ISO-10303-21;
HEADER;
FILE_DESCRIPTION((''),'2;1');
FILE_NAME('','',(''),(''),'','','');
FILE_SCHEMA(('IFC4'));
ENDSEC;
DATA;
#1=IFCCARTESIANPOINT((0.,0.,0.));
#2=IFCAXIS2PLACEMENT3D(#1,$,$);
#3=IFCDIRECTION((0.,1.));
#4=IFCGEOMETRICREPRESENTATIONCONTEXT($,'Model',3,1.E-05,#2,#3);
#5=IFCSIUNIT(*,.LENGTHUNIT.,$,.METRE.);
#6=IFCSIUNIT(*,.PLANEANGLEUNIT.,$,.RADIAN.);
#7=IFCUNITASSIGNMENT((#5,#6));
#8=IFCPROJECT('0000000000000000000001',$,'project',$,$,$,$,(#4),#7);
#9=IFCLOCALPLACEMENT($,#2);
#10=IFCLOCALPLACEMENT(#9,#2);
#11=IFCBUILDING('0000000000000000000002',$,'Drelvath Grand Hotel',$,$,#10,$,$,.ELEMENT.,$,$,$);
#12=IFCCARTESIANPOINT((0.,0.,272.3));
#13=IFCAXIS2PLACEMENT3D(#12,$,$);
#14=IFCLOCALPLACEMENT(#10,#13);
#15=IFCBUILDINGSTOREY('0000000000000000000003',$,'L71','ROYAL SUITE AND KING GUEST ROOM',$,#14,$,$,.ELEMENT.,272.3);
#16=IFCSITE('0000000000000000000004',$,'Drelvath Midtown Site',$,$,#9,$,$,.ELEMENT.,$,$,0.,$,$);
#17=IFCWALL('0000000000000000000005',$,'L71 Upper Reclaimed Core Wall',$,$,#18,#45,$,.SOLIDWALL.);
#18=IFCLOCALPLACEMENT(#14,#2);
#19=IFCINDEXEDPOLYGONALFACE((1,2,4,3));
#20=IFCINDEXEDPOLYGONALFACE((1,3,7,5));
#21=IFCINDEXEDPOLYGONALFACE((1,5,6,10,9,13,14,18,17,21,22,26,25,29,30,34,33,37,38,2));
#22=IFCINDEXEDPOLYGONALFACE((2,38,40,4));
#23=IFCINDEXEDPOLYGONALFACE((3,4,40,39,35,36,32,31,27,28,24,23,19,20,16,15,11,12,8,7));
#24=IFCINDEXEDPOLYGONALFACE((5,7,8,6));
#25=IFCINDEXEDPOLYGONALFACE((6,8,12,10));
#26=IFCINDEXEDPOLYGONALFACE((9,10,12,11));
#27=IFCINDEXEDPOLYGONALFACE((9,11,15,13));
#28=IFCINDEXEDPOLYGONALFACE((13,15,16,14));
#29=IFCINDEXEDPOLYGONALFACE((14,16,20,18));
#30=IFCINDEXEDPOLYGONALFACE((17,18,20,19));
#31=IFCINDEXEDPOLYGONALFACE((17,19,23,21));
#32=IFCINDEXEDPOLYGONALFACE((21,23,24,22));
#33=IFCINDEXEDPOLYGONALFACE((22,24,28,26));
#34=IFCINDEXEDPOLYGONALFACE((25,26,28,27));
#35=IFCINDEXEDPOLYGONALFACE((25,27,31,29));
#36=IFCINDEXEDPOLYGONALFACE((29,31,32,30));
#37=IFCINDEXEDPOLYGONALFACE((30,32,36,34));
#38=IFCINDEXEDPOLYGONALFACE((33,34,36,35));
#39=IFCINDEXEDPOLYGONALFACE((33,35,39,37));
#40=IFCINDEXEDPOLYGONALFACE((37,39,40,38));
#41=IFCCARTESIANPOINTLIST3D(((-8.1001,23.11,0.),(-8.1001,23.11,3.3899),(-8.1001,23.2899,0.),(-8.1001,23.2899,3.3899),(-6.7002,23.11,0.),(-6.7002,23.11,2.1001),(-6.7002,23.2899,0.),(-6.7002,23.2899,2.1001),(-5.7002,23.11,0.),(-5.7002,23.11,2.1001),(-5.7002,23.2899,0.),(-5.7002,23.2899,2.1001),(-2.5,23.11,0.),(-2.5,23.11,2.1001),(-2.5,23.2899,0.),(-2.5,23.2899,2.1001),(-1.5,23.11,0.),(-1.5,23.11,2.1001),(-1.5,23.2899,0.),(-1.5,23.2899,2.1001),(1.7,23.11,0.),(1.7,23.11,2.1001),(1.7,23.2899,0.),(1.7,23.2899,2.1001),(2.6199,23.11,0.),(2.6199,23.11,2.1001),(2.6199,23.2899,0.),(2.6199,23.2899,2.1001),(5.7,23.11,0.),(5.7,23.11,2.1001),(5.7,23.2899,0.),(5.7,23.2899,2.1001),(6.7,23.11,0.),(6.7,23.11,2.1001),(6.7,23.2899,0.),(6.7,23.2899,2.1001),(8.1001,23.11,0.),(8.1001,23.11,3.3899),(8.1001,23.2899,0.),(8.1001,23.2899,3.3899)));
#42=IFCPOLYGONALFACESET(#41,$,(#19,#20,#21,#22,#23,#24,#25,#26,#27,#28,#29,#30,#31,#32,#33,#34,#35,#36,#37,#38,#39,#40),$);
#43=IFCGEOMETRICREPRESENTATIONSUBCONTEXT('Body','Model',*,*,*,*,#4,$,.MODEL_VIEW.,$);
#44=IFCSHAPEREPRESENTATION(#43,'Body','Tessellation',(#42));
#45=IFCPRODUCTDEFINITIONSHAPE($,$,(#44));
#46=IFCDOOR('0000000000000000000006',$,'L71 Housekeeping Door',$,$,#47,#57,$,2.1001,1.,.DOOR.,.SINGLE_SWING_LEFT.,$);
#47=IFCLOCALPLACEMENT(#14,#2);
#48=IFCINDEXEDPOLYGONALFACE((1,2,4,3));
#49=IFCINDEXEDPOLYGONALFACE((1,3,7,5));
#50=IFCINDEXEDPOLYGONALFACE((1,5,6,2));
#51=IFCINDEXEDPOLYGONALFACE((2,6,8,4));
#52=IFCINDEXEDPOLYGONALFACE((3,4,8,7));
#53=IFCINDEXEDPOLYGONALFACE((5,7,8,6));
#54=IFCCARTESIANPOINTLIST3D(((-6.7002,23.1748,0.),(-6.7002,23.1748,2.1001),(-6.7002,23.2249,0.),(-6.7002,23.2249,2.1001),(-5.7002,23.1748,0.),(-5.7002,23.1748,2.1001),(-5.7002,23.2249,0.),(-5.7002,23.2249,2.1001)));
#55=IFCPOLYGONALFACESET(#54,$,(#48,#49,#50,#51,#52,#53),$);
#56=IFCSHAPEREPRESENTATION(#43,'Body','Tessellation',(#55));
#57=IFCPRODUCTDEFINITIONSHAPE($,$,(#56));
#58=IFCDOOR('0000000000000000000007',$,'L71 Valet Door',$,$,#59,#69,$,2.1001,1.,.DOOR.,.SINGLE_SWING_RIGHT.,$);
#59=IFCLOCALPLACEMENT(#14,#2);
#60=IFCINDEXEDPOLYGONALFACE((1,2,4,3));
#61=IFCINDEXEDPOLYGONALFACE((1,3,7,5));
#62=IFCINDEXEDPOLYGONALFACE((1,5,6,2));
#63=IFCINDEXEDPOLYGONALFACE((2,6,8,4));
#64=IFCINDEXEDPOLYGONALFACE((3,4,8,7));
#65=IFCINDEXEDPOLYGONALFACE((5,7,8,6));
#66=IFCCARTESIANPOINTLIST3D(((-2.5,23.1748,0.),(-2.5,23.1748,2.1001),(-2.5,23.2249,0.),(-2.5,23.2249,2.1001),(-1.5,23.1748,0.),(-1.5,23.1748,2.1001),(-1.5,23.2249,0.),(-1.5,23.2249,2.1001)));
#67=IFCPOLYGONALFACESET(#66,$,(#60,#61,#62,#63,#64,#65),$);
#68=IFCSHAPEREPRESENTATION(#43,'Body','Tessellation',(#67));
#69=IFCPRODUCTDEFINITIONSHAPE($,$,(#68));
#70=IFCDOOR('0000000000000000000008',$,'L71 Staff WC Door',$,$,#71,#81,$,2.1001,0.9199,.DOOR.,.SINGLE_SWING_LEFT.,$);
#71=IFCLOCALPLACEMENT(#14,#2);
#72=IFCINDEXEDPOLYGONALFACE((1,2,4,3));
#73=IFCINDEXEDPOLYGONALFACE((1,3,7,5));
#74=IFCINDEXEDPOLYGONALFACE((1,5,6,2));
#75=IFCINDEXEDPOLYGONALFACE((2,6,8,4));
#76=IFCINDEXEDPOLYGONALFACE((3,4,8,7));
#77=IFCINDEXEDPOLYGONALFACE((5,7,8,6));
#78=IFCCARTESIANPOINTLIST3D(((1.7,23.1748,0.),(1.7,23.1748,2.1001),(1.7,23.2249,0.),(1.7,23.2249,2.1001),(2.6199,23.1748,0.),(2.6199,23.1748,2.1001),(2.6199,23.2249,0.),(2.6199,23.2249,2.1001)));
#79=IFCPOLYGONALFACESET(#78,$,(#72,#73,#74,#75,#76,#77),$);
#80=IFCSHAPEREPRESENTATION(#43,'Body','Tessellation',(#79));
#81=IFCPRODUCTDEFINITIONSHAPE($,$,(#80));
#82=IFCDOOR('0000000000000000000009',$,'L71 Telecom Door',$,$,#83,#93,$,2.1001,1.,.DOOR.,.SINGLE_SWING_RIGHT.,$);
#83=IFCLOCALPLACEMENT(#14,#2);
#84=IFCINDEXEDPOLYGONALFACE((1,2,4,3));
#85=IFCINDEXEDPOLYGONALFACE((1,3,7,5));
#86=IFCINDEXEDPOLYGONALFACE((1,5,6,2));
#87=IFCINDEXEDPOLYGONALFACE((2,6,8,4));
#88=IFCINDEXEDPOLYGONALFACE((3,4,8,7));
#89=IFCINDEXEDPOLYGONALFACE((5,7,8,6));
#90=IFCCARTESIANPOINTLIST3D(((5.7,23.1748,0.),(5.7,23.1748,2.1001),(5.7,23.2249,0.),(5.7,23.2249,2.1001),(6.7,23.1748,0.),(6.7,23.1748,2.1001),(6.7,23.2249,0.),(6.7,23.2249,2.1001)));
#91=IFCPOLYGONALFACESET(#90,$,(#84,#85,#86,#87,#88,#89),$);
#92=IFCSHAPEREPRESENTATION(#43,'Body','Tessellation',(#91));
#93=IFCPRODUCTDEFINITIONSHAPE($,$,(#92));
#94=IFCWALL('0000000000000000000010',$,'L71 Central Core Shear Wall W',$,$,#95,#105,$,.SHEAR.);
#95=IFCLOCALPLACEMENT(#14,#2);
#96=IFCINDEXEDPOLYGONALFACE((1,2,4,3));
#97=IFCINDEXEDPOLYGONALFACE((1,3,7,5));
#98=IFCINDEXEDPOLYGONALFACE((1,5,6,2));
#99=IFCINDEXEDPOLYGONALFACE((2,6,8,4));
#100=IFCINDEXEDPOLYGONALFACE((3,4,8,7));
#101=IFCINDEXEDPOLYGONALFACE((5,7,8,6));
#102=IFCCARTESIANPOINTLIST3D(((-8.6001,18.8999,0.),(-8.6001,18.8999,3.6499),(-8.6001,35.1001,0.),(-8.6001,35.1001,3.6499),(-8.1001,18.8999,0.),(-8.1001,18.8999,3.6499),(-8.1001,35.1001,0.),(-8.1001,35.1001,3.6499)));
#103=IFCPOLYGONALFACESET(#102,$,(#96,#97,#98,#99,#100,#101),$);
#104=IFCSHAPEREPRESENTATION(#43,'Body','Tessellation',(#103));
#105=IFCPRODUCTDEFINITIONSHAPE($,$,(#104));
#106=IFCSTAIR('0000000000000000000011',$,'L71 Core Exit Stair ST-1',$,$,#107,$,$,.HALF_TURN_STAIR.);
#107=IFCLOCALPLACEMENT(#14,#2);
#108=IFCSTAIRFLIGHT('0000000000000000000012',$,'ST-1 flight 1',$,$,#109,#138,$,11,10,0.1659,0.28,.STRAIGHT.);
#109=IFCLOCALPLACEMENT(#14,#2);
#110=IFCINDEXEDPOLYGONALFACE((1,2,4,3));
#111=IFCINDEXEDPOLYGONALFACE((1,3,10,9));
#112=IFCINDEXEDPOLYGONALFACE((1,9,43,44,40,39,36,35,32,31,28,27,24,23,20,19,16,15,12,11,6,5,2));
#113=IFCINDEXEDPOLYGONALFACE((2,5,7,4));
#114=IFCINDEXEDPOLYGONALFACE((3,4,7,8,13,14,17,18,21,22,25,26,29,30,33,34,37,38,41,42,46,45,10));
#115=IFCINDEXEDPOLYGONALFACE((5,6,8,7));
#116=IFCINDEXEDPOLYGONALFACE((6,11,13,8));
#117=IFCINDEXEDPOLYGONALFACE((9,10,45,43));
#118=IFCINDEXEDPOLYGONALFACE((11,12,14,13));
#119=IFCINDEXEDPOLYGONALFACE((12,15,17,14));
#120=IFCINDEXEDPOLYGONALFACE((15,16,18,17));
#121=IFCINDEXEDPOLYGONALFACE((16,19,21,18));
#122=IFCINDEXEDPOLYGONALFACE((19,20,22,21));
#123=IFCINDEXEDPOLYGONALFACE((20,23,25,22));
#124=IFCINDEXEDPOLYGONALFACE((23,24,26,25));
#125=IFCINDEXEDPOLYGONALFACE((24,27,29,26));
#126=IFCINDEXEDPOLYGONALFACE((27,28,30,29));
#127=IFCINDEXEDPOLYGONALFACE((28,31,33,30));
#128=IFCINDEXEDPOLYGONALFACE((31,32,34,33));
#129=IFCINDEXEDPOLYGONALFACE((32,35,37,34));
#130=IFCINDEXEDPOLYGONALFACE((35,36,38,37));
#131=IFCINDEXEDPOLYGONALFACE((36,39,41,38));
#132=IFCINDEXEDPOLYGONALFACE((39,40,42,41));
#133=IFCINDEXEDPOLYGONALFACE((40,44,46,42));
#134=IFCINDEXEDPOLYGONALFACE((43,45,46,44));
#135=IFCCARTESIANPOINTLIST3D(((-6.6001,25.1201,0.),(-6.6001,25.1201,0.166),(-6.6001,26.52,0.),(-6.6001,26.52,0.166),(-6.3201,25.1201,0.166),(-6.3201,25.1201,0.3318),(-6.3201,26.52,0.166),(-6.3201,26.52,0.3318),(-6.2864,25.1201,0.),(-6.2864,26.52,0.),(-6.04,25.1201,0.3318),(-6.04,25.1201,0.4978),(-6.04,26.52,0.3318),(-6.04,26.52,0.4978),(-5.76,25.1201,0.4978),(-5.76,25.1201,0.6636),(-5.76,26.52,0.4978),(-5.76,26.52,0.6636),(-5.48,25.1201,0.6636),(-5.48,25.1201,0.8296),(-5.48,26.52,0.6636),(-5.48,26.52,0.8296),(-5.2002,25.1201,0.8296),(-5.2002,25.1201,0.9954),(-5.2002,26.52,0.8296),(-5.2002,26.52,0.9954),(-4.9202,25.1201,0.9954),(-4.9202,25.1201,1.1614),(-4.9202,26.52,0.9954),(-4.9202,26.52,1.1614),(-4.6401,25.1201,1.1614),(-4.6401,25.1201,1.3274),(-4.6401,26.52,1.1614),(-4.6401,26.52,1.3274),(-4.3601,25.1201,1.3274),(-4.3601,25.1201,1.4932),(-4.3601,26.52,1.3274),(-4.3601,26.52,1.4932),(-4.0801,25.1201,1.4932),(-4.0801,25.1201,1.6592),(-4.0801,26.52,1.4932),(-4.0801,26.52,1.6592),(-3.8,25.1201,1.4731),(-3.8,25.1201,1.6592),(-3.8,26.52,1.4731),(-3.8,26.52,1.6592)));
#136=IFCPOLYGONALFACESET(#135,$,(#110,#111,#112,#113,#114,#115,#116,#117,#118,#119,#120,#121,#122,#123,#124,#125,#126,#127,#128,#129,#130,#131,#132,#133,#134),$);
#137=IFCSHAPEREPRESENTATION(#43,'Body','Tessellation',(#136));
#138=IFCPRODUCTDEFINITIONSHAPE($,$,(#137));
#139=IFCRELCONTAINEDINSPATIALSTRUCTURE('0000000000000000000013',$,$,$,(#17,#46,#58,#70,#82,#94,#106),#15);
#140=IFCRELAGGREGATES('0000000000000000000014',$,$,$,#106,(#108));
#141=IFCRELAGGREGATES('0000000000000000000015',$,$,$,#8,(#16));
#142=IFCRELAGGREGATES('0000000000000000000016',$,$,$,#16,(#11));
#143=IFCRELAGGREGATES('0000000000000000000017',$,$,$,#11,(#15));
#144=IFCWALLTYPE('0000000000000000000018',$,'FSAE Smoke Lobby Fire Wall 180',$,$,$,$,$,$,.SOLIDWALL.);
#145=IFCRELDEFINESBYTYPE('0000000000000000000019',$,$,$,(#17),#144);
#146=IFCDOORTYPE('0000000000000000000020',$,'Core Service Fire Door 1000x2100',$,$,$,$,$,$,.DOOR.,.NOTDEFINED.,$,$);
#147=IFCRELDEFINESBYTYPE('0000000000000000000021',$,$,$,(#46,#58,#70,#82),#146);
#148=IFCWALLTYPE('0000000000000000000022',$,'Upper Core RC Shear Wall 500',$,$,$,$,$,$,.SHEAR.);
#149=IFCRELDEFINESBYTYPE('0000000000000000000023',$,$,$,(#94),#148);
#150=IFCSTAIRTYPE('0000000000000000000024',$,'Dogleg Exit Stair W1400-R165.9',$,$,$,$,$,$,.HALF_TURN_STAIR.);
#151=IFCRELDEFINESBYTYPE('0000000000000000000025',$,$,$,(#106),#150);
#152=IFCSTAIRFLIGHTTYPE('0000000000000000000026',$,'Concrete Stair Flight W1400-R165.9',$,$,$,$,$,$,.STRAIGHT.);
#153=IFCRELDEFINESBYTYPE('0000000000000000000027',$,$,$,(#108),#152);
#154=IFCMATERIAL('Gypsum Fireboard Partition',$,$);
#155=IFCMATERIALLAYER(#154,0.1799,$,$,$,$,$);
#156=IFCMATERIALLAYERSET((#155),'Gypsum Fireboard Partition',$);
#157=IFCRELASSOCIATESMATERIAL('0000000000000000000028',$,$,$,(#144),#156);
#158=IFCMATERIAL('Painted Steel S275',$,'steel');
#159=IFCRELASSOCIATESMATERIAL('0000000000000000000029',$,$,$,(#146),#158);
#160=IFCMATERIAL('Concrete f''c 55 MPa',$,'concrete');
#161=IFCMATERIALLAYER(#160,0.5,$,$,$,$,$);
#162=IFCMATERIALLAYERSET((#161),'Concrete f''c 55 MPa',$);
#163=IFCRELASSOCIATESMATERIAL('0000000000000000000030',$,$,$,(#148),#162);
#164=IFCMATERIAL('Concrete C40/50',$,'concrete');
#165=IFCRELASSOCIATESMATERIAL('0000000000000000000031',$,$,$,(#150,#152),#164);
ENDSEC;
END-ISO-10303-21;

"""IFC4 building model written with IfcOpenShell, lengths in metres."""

from ifc_helpers import new_model, si_unit, direction, frame, frame_2d, origin, place, context, subcontext, project, spatial, polyline, rectangle, outline, extrude, material, layer, layer_set, type_object, element, fill, aggregate, save


model = new_model("IFC4")

# Units and contexts
model_context = context("Model", 3, precision=1e-05, world=origin(), true_north=direction((0.0, 1.0)))
body_context = subcontext(model_context, "Body", "Model", "MODEL_VIEW")
ifc_project = project(units=[si_unit("LENGTHUNIT", "METRE"), si_unit("PLANEANGLEUNIT", "RADIAN")], contexts=[model_context])

# Site, building, storey
site_placement = place(None, origin())
site = spatial("IfcSite", under=ifc_project, at=site_placement, Name="Drelvath Midtown Site", CompositionType="ELEMENT", RefElevation=0.0)
building_placement = place(site_placement, origin())
building = spatial("IfcBuilding", under=site, at=building_placement, Name="Drelvath Grand Hotel", CompositionType="ELEMENT")
storey_placement = place(building_placement, frame((0.0, 0.0, 272.3)))
storey = spatial("IfcBuildingStorey", under=building, at=storey_placement, Name="L71", Description="ROYAL SUITE AND KING GUEST ROOM", CompositionType="ELEMENT", Elevation=272.3)

# Shared definitions
ifc_material_1 = material(Name="Concrete f'c 55 MPa", Category="concrete")

# Shared definitions
ifc_material_2 = material(Name="Concrete C40/50", Category="concrete")
ifc_material_3 = material(Name="Painted Steel S275", Category="steel")

# Wall, openings, doors
ifc_material_4 = material(Name="Gypsum Fireboard Partition")
ifc_layer_1 = layer(ifc_material_4, 0.1799)
ifc_layer_set_1 = layer_set([ifc_layer_1], Name="Gypsum Fireboard Partition")
wall_type_1 = type_object("IfcWallType", Name="FSAE Smoke Lobby Fire Wall 180", PredefinedType="SOLIDWALL", material=ifc_layer_set_1)
wall_1_placement = place(storey_placement, frame((-8.1001, 23.2, 0.0), z_axis=(0.0, 0.0, 1.0), x_axis=(1.0, 0.0, 0.0)))
wall_1 = element("IfcWall", 1, at=wall_1_placement, inside=storey, type_object=wall_type_1, Name="L71 Upper Reclaimed Core Wall", PredefinedType="SOLIDWALL", context=body_context, shape_type="SweptSolid", body=[
    extrude(rectangle(XDim=16.2002, YDim=0.1799, at=frame_2d((8.1001, 0.0))), origin(), (0.0, 0.0, 1.0), 3.3899),
])
opening_1_placement = place(wall_1_placement, frame((1.3999, 0.0, 0.0)))
opening_1 = element("IfcOpeningElement", 2, at=opening_1_placement, cuts=wall_1, PredefinedType="OPENING", context=body_context, shape_type="SweptSolid", body=[
    extrude(rectangle(XDim=1.0, YDim=2.1001, at=frame_2d((0.5, 1.05))), frame((0.0, 0.0999, 0.0), z_axis=(0.0, -1.0, 0.0), x_axis=(1.0, 0.0, 0.0)), (0.0, 0.0, 1.0), 0.2),
])
opening_2_placement = place(wall_1_placement, frame((5.6001, 0.0, 0.0)))
opening_2 = element("IfcOpeningElement", 3, at=opening_2_placement, cuts=wall_1, PredefinedType="OPENING", context=body_context, shape_type="SweptSolid", body=[
    extrude(rectangle(XDim=1.0, YDim=2.1001, at=frame_2d((0.5, 1.05))), frame((0.0, 0.0999, 0.0), z_axis=(0.0, -1.0, 0.0), x_axis=(1.0, 0.0, 0.0)), (0.0, 0.0, 1.0), 0.2),
])
opening_3_placement = place(wall_1_placement, frame((9.8, 0.0, 0.0)))
opening_3 = element("IfcOpeningElement", 4, at=opening_3_placement, cuts=wall_1, PredefinedType="OPENING", context=body_context, shape_type="SweptSolid", body=[
    extrude(rectangle(XDim=0.9199, YDim=2.1001, at=frame_2d((0.46, 1.05))), frame((0.0, 0.0999, 0.0), z_axis=(0.0, -1.0, 0.0), x_axis=(1.0, 0.0, 0.0)), (0.0, 0.0, 1.0), 0.2),
])
opening_4_placement = place(wall_1_placement, frame((13.8, 0.0, 0.0)))
opening_4 = element("IfcOpeningElement", 5, at=opening_4_placement, cuts=wall_1, PredefinedType="OPENING", context=body_context, shape_type="SweptSolid", body=[
    extrude(rectangle(XDim=1.0, YDim=2.1001, at=frame_2d((0.5, 1.05))), frame((0.0, 0.0999, 0.0), z_axis=(0.0, -1.0, 0.0), x_axis=(1.0, 0.0, 0.0)), (0.0, 0.0, 1.0), 0.2),
])
door_type_1 = type_object("IfcDoorType", Name="Core Service Fire Door 1000x2100", OperationType="NOTDEFINED", PredefinedType="DOOR", material=ifc_material_3)
door_1_placement = place(opening_1_placement, origin())
door_1 = element("IfcDoor", 6, at=door_1_placement, inside=storey, type_object=door_type_1, Name="L71 Housekeeping Door", OperationType="SINGLE_SWING_LEFT", OverallHeight=2.1001, OverallWidth=1.0, PredefinedType="DOOR", context=body_context, shape_type="SweptSolid", body=[
    extrude(rectangle(XDim=1.0, YDim=2.1001, at=frame_2d((0.5, 1.05))), frame((0.0, 0.0249, 0.0), z_axis=(0.0, -1.0, 0.0), x_axis=(1.0, 0.0, 0.0)), (0.0, 0.0, 1.0), 0.05),
])
fill(opening_1, door_1)
door_2_placement = place(opening_2_placement, origin())
door_2 = element("IfcDoor", 7, at=door_2_placement, inside=storey, type_object=door_type_1, Name="L71 Valet Door", OperationType="SINGLE_SWING_RIGHT", OverallHeight=2.1001, OverallWidth=1.0, PredefinedType="DOOR", context=body_context, shape_type="SweptSolid", body=[
    extrude(rectangle(XDim=1.0, YDim=2.1001, at=frame_2d((0.5, 1.05))), frame((0.0, 0.0249, 0.0), z_axis=(0.0, -1.0, 0.0), x_axis=(1.0, 0.0, 0.0)), (0.0, 0.0, 1.0), 0.05),
])
fill(opening_2, door_2)
door_3_placement = place(opening_3_placement, origin())
door_3 = element("IfcDoor", 8, at=door_3_placement, inside=storey, type_object=door_type_1, Name="L71 Staff WC Door", OperationType="SINGLE_SWING_LEFT", OverallHeight=2.1001, OverallWidth=0.9199, PredefinedType="DOOR", context=body_context, shape_type="SweptSolid", body=[
    extrude(rectangle(XDim=0.9199, YDim=2.1001, at=frame_2d((0.46, 1.05))), frame((0.0, 0.0249, 0.0), z_axis=(0.0, -1.0, 0.0), x_axis=(1.0, 0.0, 0.0)), (0.0, 0.0, 1.0), 0.05),
])
fill(opening_3, door_3)
door_4_placement = place(opening_4_placement, origin())
door_4 = element("IfcDoor", 9, at=door_4_placement, inside=storey, type_object=door_type_1, Name="L71 Telecom Door", OperationType="SINGLE_SWING_RIGHT", OverallHeight=2.1001, OverallWidth=1.0, PredefinedType="DOOR", context=body_context, shape_type="SweptSolid", body=[
    extrude(rectangle(XDim=1.0, YDim=2.1001, at=frame_2d((0.5, 1.05))), frame((0.0, 0.0249, 0.0), z_axis=(0.0, -1.0, 0.0), x_axis=(1.0, 0.0, 0.0)), (0.0, 0.0, 1.0), 0.05),
])
fill(opening_4, door_4)

# Wall
ifc_layer_2 = layer(ifc_material_1, 0.5)
ifc_layer_set_2 = layer_set([ifc_layer_2], Name="Concrete f'c 55 MPa")
wall_type_2 = type_object("IfcWallType", Name="Upper Core RC Shear Wall 500", PredefinedType="SHEAR", material=ifc_layer_set_2)
wall_2_placement = place(storey_placement, frame((-8.3501, 18.8999, 0.0), z_axis=(0.0, 0.0, 1.0), x_axis=(0.0, 1.0, 0.0)))
element("IfcWall", 10, at=wall_2_placement, inside=storey, type_object=wall_type_2, Name="L71 Central Core Shear Wall W", PredefinedType="SHEAR", context=body_context, shape_type="SweptSolid", body=[
    extrude(rectangle(XDim=16.2002, YDim=0.5, at=frame_2d((8.1001, 0.0))), origin(), (0.0, 0.0, 1.0), 3.6499),
])

# Stair, stair flight
stair_type = type_object("IfcStairType", Name="Dogleg Exit Stair W1400-R165.9", PredefinedType="HALF_TURN_STAIR", material=ifc_material_2)
stair_placement = place(storey_placement, origin())
stair = element("IfcStair", 11, at=stair_placement, inside=storey, type_object=stair_type, Name="L71 Core Exit Stair ST-1", PredefinedType="HALF_TURN_STAIR")
stair_flight_type = type_object("IfcStairFlightType", Name="Concrete Stair Flight W1400-R165.9", PredefinedType="STRAIGHT", material=ifc_material_2)
stair_flight_placement = place(storey_placement, frame((-6.6001, 25.8201, 0.0), z_axis=(0.0, 0.0, 1.0), x_axis=(1.0, 0.0, 0.0)))
stair_flight = element("IfcStairFlight", 12, at=stair_flight_placement, type_object=stair_flight_type, Name="ST-1 flight 1", NumberOfRisers=11, NumberOfTreads=10, PredefinedType="STRAIGHT", RiserHeight=0.1659, TreadLength=0.28, context=body_context, shape_type="SweptSolid", body=[
    extrude(outline(polyline([(0.0, 0.0), (0.0, 0.166), (0.28, 0.166), (0.28, 0.3318), (0.5601, 0.3318), (0.5601, 0.4978), (0.8401, 0.4978), (0.8401, 0.6636), (1.1201, 0.6636), (1.1201, 0.8296), (1.3999, 0.8296), (1.3999, 0.9954), (1.6799, 0.9954), (1.6799, 1.1614), (1.96, 1.1614), (1.96, 1.3274), (2.24, 1.3274), (2.24, 1.4932), (2.52, 1.4932), (2.52, 1.6592), (2.8, 1.6592), (2.8, 1.825), (2.8, 1.4731), (0.3137, 0.0), (0.0, 0.0)])), frame((0.0, 0.7, 0.0), z_axis=(0.0, -1.0, 0.0), x_axis=(1.0, 0.0, 0.0)), (0.0, 0.0, 1.0), 1.3999),
])
aggregate(stair, [stair_flight])

save(model, "model.ifc")
